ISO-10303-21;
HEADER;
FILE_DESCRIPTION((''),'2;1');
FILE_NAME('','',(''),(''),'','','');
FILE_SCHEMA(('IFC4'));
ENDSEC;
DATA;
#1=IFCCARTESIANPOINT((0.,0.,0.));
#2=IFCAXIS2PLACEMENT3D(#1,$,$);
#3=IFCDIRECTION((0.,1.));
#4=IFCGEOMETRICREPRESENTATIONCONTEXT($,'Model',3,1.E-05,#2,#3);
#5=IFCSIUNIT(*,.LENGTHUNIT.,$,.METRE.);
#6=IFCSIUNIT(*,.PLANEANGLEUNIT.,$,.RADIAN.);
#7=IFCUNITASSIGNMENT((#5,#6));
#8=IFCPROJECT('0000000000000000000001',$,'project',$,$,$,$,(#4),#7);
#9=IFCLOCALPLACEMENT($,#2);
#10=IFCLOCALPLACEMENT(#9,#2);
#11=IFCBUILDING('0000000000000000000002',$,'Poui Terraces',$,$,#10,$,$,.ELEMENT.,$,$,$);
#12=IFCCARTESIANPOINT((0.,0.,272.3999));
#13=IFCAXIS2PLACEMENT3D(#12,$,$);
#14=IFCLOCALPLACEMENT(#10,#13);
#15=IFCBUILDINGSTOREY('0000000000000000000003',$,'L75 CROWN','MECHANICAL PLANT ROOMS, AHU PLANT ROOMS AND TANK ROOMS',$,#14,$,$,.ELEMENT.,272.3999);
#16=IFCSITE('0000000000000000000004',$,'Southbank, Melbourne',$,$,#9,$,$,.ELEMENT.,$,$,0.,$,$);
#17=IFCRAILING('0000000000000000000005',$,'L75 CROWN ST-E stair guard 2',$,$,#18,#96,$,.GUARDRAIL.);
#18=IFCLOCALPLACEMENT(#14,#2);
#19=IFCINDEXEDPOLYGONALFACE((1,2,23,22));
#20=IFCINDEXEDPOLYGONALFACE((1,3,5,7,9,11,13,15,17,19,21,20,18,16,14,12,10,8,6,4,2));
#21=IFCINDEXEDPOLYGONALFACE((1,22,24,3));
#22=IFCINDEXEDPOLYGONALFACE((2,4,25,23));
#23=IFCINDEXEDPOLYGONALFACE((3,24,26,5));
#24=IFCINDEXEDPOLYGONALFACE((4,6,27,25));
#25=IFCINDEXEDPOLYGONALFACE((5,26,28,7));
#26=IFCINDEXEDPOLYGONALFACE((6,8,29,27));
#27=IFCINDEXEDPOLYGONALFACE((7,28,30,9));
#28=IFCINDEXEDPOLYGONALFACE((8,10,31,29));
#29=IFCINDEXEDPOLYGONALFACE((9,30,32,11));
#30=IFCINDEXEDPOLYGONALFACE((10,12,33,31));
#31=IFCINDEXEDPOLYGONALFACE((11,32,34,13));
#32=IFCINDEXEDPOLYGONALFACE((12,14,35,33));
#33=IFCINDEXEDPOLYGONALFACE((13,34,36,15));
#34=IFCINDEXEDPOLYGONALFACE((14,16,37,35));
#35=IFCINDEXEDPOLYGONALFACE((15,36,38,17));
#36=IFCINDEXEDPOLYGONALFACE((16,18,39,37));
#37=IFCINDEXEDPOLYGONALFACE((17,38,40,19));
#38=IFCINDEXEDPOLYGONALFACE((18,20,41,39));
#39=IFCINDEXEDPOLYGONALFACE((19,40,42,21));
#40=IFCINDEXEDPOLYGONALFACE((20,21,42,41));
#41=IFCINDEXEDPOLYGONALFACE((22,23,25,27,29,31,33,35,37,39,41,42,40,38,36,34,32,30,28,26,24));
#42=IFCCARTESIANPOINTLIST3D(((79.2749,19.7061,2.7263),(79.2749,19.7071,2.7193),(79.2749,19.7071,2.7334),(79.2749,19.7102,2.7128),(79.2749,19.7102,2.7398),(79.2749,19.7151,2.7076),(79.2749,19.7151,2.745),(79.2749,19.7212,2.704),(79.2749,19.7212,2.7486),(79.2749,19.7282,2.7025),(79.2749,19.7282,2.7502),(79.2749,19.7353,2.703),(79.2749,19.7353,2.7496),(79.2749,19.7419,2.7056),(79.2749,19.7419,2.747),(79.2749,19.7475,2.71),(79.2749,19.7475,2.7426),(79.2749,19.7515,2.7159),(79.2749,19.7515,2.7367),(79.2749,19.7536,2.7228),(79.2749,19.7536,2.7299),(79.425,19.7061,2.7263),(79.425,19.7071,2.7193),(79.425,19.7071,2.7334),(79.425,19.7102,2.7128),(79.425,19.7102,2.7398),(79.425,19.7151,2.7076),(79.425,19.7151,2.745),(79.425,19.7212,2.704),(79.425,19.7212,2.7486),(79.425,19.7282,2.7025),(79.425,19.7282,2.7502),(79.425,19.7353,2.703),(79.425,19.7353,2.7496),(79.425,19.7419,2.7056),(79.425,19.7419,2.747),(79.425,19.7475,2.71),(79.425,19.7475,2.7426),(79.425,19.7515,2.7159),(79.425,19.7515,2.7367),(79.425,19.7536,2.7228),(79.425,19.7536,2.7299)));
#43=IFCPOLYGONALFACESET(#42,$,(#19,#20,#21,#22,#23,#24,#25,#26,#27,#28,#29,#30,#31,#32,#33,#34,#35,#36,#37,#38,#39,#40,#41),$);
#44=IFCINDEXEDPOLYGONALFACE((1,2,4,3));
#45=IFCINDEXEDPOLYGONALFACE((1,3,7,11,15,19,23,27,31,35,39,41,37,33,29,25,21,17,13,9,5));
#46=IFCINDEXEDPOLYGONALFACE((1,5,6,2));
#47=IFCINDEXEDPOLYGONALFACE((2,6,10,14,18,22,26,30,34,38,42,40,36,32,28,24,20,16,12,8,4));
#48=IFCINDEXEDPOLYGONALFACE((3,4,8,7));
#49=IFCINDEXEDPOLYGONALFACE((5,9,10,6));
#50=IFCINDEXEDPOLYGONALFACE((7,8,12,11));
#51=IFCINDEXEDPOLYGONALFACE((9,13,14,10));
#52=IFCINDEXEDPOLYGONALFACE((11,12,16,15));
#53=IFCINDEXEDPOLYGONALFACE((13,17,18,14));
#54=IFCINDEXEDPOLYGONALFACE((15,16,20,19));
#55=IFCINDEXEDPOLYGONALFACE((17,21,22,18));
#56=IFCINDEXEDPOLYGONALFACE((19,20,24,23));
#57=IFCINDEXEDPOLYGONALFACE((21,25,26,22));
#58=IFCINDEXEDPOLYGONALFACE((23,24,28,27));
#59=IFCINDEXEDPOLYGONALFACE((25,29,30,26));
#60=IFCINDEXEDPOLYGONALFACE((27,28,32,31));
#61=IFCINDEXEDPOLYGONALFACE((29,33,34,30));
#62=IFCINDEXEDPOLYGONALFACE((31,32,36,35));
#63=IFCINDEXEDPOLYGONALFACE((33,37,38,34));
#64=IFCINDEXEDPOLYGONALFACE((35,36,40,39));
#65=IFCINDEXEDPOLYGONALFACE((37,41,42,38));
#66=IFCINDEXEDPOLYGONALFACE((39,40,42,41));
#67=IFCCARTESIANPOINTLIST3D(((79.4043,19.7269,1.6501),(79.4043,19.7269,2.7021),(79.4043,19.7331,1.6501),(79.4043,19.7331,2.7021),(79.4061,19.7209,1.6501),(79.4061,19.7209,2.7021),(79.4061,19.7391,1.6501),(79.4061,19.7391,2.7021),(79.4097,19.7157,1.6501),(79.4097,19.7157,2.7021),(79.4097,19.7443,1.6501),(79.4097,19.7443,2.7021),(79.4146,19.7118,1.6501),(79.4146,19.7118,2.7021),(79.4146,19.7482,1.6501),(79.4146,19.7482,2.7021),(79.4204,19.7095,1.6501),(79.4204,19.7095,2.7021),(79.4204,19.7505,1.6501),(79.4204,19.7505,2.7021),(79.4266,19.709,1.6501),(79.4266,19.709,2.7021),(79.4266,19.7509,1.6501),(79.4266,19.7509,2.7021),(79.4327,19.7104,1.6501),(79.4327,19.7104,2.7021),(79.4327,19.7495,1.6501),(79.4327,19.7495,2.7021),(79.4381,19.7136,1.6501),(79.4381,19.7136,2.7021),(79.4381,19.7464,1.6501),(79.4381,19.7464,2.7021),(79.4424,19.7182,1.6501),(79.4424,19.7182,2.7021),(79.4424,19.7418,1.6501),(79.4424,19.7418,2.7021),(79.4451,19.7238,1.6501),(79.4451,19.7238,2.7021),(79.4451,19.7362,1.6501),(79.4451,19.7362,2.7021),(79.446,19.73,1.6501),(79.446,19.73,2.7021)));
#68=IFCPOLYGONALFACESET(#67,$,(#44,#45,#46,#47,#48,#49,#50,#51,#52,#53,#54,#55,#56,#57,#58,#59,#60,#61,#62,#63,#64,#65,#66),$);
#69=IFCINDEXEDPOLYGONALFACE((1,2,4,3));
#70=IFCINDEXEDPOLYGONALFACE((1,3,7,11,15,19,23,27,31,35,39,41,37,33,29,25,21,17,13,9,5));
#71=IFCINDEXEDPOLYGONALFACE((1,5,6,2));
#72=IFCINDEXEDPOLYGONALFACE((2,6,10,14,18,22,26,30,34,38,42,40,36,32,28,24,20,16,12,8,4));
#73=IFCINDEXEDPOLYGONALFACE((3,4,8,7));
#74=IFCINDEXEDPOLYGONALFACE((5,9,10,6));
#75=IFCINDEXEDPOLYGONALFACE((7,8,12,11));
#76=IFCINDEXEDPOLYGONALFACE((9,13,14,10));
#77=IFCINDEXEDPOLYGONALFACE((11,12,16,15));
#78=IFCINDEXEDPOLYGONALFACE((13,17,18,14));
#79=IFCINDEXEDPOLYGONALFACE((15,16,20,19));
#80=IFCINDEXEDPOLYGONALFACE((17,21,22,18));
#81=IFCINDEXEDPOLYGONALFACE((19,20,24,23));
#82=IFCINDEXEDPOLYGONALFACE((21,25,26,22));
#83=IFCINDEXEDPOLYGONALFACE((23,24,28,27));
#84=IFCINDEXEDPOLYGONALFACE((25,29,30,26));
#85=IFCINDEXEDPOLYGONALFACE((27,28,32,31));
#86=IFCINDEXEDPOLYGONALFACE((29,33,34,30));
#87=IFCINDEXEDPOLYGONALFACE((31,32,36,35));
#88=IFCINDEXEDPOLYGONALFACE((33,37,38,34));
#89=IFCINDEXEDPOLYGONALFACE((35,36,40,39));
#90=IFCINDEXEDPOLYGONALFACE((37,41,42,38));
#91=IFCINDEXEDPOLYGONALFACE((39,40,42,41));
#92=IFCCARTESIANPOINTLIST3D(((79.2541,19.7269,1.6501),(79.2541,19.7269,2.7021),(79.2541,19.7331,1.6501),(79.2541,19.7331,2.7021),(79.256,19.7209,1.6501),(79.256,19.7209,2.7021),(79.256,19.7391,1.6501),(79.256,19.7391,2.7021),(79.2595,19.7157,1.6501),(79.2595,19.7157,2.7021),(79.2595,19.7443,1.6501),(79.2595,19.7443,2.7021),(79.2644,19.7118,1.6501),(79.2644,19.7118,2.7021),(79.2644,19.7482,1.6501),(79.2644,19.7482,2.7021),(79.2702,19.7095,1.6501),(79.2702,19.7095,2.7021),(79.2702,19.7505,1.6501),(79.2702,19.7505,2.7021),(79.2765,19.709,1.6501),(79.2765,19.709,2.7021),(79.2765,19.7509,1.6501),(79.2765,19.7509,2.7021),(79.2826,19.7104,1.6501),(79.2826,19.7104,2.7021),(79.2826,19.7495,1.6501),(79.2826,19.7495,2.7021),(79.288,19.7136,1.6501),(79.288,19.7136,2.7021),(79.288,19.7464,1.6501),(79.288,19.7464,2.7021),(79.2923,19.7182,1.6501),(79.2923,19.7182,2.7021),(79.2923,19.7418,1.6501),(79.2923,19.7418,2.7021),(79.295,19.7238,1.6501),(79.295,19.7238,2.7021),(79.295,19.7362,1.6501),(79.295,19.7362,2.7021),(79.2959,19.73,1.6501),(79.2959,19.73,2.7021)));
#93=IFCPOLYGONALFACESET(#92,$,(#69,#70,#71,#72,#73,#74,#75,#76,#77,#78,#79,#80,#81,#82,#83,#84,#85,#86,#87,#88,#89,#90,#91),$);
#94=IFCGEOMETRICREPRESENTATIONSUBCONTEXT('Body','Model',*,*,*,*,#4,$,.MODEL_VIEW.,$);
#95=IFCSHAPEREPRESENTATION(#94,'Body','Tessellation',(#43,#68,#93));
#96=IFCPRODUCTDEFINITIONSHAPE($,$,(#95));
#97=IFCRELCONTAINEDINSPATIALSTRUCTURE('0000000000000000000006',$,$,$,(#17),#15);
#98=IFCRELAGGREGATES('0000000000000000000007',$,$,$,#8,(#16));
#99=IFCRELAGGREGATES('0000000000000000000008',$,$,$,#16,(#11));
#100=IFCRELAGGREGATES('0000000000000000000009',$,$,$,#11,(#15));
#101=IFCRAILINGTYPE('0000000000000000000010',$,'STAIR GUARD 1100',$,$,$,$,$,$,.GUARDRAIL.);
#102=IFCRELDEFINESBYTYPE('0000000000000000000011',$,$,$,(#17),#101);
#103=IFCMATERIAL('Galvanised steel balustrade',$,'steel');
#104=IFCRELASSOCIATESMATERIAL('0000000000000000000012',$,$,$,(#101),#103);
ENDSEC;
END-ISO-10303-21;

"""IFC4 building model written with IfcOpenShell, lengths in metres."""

from ifc_helpers import new_model, si_unit, direction, frame, origin, origin_2d, place, context, subcontext, project, spatial, circle, extrude, material, type_object, element, save


model = new_model("IFC4")

# Units and contexts
model_context = context("Model", 3, precision=1e-05, world=origin(), true_north=direction((0.0, 1.0)))
body_context = subcontext(model_context, "Body", "Model", "MODEL_VIEW")
ifc_project = project(units=[si_unit("LENGTHUNIT", "METRE"), si_unit("PLANEANGLEUNIT", "RADIAN")], contexts=[model_context])

# Site, building, storey
site_placement = place(None, origin())
site = spatial("IfcSite", under=ifc_project, at=site_placement, Name="Southbank, Melbourne", CompositionType="ELEMENT", RefElevation=0.0)
building_placement = place(site_placement, origin())
building = spatial("IfcBuilding", under=site, at=building_placement, Name="Poui Terraces", CompositionType="ELEMENT")
storey_placement = place(building_placement, frame((0.0, 0.0, 272.3999)))
storey = spatial("IfcBuildingStorey", under=building, at=storey_placement, Name="L75 CROWN", Description="MECHANICAL PLANT ROOMS, AHU PLANT ROOMS AND TANK ROOMS", CompositionType="ELEMENT", Elevation=272.3999)

# Railing
ifc_material_1 = material(Name="Galvanised steel balustrade", Category="steel")
railing_type_1 = type_object("IfcRailingType", Name="STAIR GUARD 1100", PredefinedType="GUARDRAIL", material=ifc_material_1)
railing_1_placement = place(storey_placement, frame((79.425, 19.73, 1.6501)))
element("IfcRailing", 1, at=railing_1_placement, inside=storey, type_object=railing_type_1, Name="L75 CROWN ST-E stair guard 2", PredefinedType="GUARDRAIL", context=body_context, shape_type="SweptSolid", body=[
    extrude(circle(Radius=0.0239, at=origin_2d()), frame((0.0, 0.0, 1.0762), z_axis=(-1.0, 0.0, 0.0), x_axis=(0.0, -1.0, 0.0)), (0.0, 0.0, 1.0), 0.1501),
    extrude(circle(Radius=0.021, at=origin_2d()), origin(), (0.0, 0.0, 1.0), 1.052),
    extrude(circle(Radius=0.021, at=origin_2d()), frame((-0.1501, 0.0, 0.0)), (0.0, 0.0, 1.0), 1.052),
])

save(model, "model.ifc")
